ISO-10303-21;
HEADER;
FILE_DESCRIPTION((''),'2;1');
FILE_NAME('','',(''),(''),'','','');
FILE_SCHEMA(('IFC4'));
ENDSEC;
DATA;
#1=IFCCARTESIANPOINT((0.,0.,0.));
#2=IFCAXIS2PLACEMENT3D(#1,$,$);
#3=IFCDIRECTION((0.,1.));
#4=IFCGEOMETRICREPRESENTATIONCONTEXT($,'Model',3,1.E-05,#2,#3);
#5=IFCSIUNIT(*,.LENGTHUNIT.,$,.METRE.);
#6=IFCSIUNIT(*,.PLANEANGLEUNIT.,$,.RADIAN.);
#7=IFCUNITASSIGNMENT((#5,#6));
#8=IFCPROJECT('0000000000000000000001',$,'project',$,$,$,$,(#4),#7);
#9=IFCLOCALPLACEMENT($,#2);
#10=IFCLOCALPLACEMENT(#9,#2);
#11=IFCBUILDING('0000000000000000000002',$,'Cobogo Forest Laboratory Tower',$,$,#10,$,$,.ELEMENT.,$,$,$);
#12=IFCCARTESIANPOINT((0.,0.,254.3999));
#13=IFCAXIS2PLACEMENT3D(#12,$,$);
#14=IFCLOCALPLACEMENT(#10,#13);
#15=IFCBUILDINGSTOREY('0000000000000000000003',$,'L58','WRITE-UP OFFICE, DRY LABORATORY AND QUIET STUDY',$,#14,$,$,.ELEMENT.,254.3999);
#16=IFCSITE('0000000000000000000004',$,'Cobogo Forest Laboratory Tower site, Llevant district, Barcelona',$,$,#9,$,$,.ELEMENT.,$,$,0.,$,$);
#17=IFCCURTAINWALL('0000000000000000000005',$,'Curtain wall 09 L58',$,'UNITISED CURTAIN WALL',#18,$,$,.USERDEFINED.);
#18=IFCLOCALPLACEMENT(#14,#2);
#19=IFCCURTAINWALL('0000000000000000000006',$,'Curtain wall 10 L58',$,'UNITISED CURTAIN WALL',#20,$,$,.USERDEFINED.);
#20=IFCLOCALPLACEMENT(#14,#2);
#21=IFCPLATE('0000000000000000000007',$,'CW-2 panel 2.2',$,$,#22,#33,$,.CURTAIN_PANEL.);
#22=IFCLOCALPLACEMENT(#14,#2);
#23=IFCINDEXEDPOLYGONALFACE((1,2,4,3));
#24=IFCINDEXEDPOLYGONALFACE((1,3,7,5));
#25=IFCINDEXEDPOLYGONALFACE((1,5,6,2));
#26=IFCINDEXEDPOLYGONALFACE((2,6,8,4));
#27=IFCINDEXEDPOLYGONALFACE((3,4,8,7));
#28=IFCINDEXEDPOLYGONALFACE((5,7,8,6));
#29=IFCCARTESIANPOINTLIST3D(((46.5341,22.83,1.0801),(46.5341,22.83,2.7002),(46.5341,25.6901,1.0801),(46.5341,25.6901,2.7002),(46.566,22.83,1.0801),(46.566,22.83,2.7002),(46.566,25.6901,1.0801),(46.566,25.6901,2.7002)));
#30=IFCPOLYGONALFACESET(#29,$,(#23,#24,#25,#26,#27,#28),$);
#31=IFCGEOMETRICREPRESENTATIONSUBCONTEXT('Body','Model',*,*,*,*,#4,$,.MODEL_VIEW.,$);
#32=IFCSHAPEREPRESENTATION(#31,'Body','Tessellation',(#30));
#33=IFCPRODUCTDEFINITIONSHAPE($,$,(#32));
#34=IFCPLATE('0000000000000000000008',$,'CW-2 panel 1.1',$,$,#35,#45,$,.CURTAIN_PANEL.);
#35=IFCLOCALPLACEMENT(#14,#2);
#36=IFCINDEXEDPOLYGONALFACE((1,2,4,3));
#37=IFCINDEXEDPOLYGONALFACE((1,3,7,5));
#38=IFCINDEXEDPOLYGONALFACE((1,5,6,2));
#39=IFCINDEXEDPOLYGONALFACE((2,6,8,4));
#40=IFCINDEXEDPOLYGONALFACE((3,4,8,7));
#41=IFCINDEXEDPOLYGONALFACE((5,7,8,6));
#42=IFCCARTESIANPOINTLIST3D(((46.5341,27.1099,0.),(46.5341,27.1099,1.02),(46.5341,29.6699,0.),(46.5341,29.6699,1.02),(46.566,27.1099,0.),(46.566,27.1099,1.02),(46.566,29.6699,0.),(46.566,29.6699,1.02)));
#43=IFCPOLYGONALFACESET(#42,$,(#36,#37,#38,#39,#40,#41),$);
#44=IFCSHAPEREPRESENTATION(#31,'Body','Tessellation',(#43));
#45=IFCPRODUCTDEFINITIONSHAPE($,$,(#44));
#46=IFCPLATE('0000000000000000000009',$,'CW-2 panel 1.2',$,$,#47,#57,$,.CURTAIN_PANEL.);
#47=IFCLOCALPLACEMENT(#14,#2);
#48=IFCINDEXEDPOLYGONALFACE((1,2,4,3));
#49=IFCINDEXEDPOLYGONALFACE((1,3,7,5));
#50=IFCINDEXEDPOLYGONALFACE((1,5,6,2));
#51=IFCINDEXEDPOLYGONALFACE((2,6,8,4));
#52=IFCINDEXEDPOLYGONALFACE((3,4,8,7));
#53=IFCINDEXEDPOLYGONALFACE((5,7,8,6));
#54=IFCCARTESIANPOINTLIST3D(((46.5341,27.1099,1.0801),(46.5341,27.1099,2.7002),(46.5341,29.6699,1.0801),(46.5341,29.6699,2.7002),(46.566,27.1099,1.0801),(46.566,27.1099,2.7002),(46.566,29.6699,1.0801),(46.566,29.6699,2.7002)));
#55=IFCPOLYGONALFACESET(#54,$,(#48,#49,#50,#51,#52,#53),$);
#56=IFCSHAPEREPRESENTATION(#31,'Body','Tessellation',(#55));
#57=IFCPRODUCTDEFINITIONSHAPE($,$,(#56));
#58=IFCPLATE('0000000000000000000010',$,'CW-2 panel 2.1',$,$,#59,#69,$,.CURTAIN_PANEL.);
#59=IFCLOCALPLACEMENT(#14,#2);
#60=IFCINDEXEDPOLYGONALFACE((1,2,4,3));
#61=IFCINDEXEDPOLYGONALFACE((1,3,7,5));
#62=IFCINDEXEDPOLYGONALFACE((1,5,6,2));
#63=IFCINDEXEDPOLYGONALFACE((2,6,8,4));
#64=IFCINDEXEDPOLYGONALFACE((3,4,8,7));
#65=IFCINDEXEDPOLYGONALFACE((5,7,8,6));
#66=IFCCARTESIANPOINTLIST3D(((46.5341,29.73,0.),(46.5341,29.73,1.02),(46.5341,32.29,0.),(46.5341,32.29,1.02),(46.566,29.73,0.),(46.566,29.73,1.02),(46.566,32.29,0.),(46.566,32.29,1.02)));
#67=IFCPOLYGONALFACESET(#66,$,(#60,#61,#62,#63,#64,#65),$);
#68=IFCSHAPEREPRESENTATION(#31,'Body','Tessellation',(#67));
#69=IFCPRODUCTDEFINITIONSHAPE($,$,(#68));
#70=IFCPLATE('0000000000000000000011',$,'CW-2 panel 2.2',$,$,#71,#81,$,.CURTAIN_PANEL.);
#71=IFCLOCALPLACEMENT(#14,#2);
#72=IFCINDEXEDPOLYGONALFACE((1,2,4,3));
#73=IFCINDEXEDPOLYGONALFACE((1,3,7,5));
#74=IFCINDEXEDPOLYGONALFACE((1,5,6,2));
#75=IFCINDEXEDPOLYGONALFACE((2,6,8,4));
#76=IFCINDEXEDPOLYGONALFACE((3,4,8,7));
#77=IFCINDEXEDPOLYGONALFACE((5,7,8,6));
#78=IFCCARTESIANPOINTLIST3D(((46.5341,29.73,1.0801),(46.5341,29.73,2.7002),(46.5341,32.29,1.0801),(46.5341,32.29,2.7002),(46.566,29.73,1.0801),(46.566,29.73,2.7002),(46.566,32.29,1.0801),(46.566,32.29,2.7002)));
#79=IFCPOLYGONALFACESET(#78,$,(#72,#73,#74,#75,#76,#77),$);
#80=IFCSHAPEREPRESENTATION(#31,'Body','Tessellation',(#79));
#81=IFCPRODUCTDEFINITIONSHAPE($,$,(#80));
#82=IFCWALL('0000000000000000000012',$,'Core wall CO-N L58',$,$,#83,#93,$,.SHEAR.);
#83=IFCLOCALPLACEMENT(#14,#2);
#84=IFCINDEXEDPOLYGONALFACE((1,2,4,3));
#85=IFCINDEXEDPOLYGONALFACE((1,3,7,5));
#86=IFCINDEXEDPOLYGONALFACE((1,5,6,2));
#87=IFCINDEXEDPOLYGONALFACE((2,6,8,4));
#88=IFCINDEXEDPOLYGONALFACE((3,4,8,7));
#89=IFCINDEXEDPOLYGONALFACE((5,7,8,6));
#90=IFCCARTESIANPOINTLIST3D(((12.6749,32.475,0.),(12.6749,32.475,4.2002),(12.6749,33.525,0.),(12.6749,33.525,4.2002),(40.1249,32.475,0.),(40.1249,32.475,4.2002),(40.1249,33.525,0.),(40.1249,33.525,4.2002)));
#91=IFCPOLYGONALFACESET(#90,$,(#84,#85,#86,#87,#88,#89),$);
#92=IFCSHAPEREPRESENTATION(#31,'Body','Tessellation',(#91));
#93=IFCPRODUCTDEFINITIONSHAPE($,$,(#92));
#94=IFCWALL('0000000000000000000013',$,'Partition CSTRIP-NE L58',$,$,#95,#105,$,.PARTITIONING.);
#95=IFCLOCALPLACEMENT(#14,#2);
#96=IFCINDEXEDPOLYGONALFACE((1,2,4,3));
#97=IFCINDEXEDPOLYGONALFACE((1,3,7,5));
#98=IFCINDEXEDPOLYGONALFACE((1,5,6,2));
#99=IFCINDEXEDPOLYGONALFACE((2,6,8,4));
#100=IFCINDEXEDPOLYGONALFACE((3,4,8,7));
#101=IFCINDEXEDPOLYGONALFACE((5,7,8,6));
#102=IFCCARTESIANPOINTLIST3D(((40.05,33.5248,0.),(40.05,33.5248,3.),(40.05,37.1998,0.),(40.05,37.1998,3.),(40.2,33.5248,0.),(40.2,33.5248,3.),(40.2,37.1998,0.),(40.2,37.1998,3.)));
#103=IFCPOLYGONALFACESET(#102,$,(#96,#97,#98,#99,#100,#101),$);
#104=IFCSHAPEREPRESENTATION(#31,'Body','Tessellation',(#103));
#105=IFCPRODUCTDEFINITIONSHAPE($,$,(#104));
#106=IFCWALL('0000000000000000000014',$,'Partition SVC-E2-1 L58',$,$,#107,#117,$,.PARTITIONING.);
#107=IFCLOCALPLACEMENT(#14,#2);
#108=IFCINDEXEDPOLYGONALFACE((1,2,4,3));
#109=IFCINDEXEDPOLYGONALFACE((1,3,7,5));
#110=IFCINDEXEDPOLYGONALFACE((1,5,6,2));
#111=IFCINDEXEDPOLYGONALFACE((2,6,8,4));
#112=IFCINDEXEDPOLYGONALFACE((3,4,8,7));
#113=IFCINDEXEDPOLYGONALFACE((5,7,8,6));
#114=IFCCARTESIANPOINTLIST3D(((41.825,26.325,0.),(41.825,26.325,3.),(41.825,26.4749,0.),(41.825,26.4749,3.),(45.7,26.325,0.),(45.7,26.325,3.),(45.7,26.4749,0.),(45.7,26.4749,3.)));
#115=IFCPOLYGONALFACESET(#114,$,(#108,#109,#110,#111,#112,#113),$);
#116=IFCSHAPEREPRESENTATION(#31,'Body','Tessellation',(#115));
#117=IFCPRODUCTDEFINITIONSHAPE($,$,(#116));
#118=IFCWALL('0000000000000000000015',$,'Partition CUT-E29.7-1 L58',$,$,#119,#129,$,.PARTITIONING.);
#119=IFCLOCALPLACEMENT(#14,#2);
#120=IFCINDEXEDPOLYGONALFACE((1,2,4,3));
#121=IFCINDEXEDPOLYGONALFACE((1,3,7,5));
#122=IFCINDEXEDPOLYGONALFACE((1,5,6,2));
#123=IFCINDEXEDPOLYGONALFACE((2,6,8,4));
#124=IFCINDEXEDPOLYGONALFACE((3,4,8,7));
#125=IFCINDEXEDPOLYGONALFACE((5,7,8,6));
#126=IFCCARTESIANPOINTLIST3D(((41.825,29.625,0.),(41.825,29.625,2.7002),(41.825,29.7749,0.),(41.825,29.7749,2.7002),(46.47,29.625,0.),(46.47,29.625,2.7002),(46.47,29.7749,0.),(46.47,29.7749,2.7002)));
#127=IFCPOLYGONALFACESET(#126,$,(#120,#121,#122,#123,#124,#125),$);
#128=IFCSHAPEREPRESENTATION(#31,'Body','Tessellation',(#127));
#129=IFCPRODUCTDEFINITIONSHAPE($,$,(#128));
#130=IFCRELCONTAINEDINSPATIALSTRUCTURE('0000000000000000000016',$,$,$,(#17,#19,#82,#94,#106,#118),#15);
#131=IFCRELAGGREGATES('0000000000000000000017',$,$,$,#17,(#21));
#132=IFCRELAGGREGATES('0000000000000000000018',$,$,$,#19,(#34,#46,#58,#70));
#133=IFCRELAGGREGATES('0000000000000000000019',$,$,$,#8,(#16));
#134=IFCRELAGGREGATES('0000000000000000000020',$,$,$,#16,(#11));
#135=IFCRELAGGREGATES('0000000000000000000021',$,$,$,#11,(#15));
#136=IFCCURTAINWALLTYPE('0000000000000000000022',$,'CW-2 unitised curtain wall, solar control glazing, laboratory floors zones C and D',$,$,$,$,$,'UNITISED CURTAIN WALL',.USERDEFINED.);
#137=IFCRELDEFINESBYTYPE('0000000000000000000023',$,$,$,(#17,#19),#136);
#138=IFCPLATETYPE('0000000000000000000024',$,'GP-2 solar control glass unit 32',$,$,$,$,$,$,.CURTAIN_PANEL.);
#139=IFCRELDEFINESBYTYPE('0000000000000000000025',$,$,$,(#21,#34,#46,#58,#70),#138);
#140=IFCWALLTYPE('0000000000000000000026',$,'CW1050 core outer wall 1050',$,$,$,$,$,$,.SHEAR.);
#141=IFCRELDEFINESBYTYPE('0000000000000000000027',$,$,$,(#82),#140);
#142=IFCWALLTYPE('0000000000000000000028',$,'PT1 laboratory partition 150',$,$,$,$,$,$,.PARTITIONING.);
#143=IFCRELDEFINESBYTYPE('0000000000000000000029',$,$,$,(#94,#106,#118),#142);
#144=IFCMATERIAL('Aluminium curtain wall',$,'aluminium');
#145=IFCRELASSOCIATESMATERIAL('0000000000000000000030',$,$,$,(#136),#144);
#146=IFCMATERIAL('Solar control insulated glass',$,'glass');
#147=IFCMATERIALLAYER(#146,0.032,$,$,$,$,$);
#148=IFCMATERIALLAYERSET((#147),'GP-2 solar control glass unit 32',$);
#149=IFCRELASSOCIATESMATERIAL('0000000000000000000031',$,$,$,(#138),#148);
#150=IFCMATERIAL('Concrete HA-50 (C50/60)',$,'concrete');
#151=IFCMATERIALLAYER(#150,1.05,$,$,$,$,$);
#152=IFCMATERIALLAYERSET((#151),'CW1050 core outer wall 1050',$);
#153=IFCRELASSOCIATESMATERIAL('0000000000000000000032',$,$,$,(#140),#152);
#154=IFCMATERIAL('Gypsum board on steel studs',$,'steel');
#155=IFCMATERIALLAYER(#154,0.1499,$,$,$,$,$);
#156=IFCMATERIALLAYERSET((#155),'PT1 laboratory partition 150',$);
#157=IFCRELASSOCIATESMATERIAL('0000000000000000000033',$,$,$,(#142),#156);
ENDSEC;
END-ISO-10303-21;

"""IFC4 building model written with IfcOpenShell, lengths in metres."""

from ifc_helpers import new_model, si_unit, direction, frame, frame_2d, origin, origin_2d, place, context, subcontext, project, spatial, rectangle, extrude, material, layer, layer_set, type_object, element, aggregate, save


model = new_model("IFC4")

# Units and contexts
model_context = context("Model", 3, precision=1e-05, world=origin(), true_north=direction((0.0, 1.0)))
body_context = subcontext(model_context, "Body", "Model", "MODEL_VIEW")
ifc_project = project(units=[si_unit("LENGTHUNIT", "METRE"), si_unit("PLANEANGLEUNIT", "RADIAN")], contexts=[model_context])

# Site, building, storey
site_placement = place(None, origin())
site = spatial("IfcSite", under=ifc_project, at=site_placement, Name="Cobogo Forest Laboratory Tower site, Llevant district, Barcelona", CompositionType="ELEMENT", RefElevation=0.0)
building_placement = place(site_placement, origin())
building = spatial("IfcBuilding", under=site, at=building_placement, Name="Cobogo Forest Laboratory Tower", CompositionType="ELEMENT")
storey_placement = place(building_placement, frame((0.0, 0.0, 254.3999)))
storey = spatial("IfcBuildingStorey", under=building, at=storey_placement, Name="L58", Description="WRITE-UP OFFICE, DRY LABORATORY AND QUIET STUDY", CompositionType="ELEMENT", Elevation=254.3999)

# Shared definitions
ifc_material_1 = material(Name="Concrete HA-50 (C50/60)", Category="concrete")

# Curtain wall
ifc_material_2 = material(Name="Aluminium curtain wall", Category="aluminium")
curtain_wall_type = type_object("IfcCurtainWallType", Name="CW-2 unitised curtain wall, solar control glazing, laboratory floors zones C and D", ElementType="UNITISED CURTAIN WALL", PredefinedType="USERDEFINED", material=ifc_material_2)
curtain_wall_1_placement = place(storey_placement, origin())
curtain_wall_1 = element("IfcCurtainWall", 1, at=curtain_wall_1_placement, inside=storey, type_object=curtain_wall_type, Name="Curtain wall 09 L58", ObjectType="UNITISED CURTAIN WALL", PredefinedType="USERDEFINED")

# Curtain wall
curtain_wall_2_placement = place(storey_placement, origin())
curtain_wall_2 = element("IfcCurtainWall", 2, at=curtain_wall_2_placement, inside=storey, type_object=curtain_wall_type, Name="Curtain wall 10 L58", ObjectType="UNITISED CURTAIN WALL", PredefinedType="USERDEFINED")

# Plates
ifc_material_3 = material(Name="Solar control insulated glass", Category="glass")
ifc_layer_1 = layer(ifc_material_3, 0.032)
ifc_layer_set_1 = layer_set([ifc_layer_1], Name="GP-2 solar control glass unit 32")
plate_type_1 = type_object("IfcPlateType", Name="GP-2 solar control glass unit 32", PredefinedType="CURTAIN_PANEL", material=ifc_layer_set_1)
plate_1_placement = place(storey_placement, frame((46.55, 24.26, 1.0801), z_axis=(0.0, 0.0, 1.0), x_axis=(0.0, 1.0, 0.0)))
plate_1 = element("IfcPlate", 3, at=plate_1_placement, type_object=plate_type_1, Name="CW-2 panel 2.2", PredefinedType="CURTAIN_PANEL", context=body_context, shape_type="SweptSolid", body=[
    extrude(rectangle(XDim=2.8601, YDim=0.032, at=origin_2d()), origin(), (0.0, 0.0, 1.0), 1.6201),
])
aggregate(curtain_wall_1, [plate_1])
plate_2_placement = place(storey_placement, frame((46.55, 28.3899, 0.0), z_axis=(0.0, 0.0, 1.0), x_axis=(0.0, 1.0, 0.0)))
plate_2 = element("IfcPlate", 4, at=plate_2_placement, type_object=plate_type_1, Name="CW-2 panel 1.1", PredefinedType="CURTAIN_PANEL", context=body_context, shape_type="SweptSolid", body=[
    extrude(rectangle(XDim=2.5601, YDim=0.032, at=origin_2d()), origin(), (0.0, 0.0, 1.0), 1.02),
])
plate_3_placement = place(storey_placement, frame((46.55, 28.3899, 1.0801), z_axis=(0.0, 0.0, 1.0), x_axis=(0.0, 1.0, 0.0)))
plate_3 = element("IfcPlate", 5, at=plate_3_placement, type_object=plate_type_1, Name="CW-2 panel 1.2", PredefinedType="CURTAIN_PANEL", context=body_context, shape_type="SweptSolid", body=[
    extrude(rectangle(XDim=2.5601, YDim=0.032, at=origin_2d()), origin(), (0.0, 0.0, 1.0), 1.6201),
])
plate_4_placement = place(storey_placement, frame((46.55, 31.01, 0.0), z_axis=(0.0, 0.0, 1.0), x_axis=(0.0, 1.0, 0.0)))
plate_4 = element("IfcPlate", 6, at=plate_4_placement, type_object=plate_type_1, Name="CW-2 panel 2.1", PredefinedType="CURTAIN_PANEL", context=body_context, shape_type="SweptSolid", body=[
    extrude(rectangle(XDim=2.5601, YDim=0.032, at=origin_2d()), origin(), (0.0, 0.0, 1.0), 1.02),
])
plate_5_placement = place(storey_placement, frame((46.55, 31.01, 1.0801), z_axis=(0.0, 0.0, 1.0), x_axis=(0.0, 1.0, 0.0)))
plate_5 = element("IfcPlate", 7, at=plate_5_placement, type_object=plate_type_1, Name="CW-2 panel 2.2", PredefinedType="CURTAIN_PANEL", context=body_context, shape_type="SweptSolid", body=[
    extrude(rectangle(XDim=2.5601, YDim=0.032, at=origin_2d()), origin(), (0.0, 0.0, 1.0), 1.6201),
])
aggregate(curtain_wall_2, [plate_2, plate_3, plate_4, plate_5])

# Walls
ifc_layer_2 = layer(ifc_material_1, 1.05)
ifc_layer_set_2 = layer_set([ifc_layer_2], Name="CW1050 core outer wall 1050")
wall_type_1 = type_object("IfcWallType", Name="CW1050 core outer wall 1050", PredefinedType="SHEAR", material=ifc_layer_set_2)
wall_1_placement = place(storey_placement, frame((40.125, 33.0, 0.0), z_axis=(0.0, 0.0, 1.0), x_axis=(-1.0, 0.0, 0.0)))
element("IfcWall", 8, at=wall_1_placement, inside=storey, type_object=wall_type_1, Name="Core wall CO-N L58", PredefinedType="SHEAR", context=body_context, shape_type="SweptSolid", body=[
    extrude(rectangle(XDim=27.45, YDim=1.05, at=frame_2d((13.7251, 0.0))), origin(), (0.0, 0.0, 1.0), 4.2002),
])
ifc_material_4 = material(Name="Gypsum board on steel studs", Category="steel")
ifc_layer_3 = layer(ifc_material_4, 0.1499)
ifc_layer_set_3 = layer_set([ifc_layer_3], Name="PT1 laboratory partition 150")
wall_type_2 = type_object("IfcWallType", Name="PT1 laboratory partition 150", PredefinedType="PARTITIONING", material=ifc_layer_set_3)
wall_2_placement = place(storey_placement, frame((40.125, 33.5249, 0.0), z_axis=(0.0, 0.0, 1.0), x_axis=(0.0, 1.0, 0.0)))
element("IfcWall", 9, at=wall_2_placement, inside=storey, type_object=wall_type_2, Name="Partition CSTRIP-NE L58", PredefinedType="PARTITIONING", context=body_context, shape_type="SweptSolid", body=[
    extrude(rectangle(XDim=3.675, YDim=0.1499, at=frame_2d((1.8374, 0.0))), origin(), (0.0, 0.0, 1.0), 3.0),
])
wall_3_placement = place(storey_placement, frame((45.7, 26.3999, 0.0), z_axis=(0.0, 0.0, 1.0), x_axis=(-1.0, 0.0, 0.0)))
element("IfcWall", 10, at=wall_3_placement, inside=storey, type_object=wall_type_2, Name="Partition SVC-E2-1 L58", PredefinedType="PARTITIONING", context=body_context, shape_type="SweptSolid", body=[
    extrude(rectangle(XDim=3.875, YDim=0.1499, at=frame_2d((1.9375, 0.0))), origin(), (0.0, 0.0, 1.0), 3.0),
])
wall_4_placement = place(storey_placement, frame((46.47, 29.7, 0.0), z_axis=(0.0, 0.0, 1.0), x_axis=(-1.0, 0.0, 0.0)))
element("IfcWall", 11, at=wall_4_placement, inside=storey, type_object=wall_type_2, Name="Partition CUT-E29.7-1 L58", PredefinedType="PARTITIONING", context=body_context, shape_type="SweptSolid", body=[
    extrude(rectangle(XDim=4.645, YDim=0.1499, at=frame_2d((2.3225, 0.0))), origin(), (0.0, 0.0, 1.0), 2.7002),
])

save(model, "model.ifc")
